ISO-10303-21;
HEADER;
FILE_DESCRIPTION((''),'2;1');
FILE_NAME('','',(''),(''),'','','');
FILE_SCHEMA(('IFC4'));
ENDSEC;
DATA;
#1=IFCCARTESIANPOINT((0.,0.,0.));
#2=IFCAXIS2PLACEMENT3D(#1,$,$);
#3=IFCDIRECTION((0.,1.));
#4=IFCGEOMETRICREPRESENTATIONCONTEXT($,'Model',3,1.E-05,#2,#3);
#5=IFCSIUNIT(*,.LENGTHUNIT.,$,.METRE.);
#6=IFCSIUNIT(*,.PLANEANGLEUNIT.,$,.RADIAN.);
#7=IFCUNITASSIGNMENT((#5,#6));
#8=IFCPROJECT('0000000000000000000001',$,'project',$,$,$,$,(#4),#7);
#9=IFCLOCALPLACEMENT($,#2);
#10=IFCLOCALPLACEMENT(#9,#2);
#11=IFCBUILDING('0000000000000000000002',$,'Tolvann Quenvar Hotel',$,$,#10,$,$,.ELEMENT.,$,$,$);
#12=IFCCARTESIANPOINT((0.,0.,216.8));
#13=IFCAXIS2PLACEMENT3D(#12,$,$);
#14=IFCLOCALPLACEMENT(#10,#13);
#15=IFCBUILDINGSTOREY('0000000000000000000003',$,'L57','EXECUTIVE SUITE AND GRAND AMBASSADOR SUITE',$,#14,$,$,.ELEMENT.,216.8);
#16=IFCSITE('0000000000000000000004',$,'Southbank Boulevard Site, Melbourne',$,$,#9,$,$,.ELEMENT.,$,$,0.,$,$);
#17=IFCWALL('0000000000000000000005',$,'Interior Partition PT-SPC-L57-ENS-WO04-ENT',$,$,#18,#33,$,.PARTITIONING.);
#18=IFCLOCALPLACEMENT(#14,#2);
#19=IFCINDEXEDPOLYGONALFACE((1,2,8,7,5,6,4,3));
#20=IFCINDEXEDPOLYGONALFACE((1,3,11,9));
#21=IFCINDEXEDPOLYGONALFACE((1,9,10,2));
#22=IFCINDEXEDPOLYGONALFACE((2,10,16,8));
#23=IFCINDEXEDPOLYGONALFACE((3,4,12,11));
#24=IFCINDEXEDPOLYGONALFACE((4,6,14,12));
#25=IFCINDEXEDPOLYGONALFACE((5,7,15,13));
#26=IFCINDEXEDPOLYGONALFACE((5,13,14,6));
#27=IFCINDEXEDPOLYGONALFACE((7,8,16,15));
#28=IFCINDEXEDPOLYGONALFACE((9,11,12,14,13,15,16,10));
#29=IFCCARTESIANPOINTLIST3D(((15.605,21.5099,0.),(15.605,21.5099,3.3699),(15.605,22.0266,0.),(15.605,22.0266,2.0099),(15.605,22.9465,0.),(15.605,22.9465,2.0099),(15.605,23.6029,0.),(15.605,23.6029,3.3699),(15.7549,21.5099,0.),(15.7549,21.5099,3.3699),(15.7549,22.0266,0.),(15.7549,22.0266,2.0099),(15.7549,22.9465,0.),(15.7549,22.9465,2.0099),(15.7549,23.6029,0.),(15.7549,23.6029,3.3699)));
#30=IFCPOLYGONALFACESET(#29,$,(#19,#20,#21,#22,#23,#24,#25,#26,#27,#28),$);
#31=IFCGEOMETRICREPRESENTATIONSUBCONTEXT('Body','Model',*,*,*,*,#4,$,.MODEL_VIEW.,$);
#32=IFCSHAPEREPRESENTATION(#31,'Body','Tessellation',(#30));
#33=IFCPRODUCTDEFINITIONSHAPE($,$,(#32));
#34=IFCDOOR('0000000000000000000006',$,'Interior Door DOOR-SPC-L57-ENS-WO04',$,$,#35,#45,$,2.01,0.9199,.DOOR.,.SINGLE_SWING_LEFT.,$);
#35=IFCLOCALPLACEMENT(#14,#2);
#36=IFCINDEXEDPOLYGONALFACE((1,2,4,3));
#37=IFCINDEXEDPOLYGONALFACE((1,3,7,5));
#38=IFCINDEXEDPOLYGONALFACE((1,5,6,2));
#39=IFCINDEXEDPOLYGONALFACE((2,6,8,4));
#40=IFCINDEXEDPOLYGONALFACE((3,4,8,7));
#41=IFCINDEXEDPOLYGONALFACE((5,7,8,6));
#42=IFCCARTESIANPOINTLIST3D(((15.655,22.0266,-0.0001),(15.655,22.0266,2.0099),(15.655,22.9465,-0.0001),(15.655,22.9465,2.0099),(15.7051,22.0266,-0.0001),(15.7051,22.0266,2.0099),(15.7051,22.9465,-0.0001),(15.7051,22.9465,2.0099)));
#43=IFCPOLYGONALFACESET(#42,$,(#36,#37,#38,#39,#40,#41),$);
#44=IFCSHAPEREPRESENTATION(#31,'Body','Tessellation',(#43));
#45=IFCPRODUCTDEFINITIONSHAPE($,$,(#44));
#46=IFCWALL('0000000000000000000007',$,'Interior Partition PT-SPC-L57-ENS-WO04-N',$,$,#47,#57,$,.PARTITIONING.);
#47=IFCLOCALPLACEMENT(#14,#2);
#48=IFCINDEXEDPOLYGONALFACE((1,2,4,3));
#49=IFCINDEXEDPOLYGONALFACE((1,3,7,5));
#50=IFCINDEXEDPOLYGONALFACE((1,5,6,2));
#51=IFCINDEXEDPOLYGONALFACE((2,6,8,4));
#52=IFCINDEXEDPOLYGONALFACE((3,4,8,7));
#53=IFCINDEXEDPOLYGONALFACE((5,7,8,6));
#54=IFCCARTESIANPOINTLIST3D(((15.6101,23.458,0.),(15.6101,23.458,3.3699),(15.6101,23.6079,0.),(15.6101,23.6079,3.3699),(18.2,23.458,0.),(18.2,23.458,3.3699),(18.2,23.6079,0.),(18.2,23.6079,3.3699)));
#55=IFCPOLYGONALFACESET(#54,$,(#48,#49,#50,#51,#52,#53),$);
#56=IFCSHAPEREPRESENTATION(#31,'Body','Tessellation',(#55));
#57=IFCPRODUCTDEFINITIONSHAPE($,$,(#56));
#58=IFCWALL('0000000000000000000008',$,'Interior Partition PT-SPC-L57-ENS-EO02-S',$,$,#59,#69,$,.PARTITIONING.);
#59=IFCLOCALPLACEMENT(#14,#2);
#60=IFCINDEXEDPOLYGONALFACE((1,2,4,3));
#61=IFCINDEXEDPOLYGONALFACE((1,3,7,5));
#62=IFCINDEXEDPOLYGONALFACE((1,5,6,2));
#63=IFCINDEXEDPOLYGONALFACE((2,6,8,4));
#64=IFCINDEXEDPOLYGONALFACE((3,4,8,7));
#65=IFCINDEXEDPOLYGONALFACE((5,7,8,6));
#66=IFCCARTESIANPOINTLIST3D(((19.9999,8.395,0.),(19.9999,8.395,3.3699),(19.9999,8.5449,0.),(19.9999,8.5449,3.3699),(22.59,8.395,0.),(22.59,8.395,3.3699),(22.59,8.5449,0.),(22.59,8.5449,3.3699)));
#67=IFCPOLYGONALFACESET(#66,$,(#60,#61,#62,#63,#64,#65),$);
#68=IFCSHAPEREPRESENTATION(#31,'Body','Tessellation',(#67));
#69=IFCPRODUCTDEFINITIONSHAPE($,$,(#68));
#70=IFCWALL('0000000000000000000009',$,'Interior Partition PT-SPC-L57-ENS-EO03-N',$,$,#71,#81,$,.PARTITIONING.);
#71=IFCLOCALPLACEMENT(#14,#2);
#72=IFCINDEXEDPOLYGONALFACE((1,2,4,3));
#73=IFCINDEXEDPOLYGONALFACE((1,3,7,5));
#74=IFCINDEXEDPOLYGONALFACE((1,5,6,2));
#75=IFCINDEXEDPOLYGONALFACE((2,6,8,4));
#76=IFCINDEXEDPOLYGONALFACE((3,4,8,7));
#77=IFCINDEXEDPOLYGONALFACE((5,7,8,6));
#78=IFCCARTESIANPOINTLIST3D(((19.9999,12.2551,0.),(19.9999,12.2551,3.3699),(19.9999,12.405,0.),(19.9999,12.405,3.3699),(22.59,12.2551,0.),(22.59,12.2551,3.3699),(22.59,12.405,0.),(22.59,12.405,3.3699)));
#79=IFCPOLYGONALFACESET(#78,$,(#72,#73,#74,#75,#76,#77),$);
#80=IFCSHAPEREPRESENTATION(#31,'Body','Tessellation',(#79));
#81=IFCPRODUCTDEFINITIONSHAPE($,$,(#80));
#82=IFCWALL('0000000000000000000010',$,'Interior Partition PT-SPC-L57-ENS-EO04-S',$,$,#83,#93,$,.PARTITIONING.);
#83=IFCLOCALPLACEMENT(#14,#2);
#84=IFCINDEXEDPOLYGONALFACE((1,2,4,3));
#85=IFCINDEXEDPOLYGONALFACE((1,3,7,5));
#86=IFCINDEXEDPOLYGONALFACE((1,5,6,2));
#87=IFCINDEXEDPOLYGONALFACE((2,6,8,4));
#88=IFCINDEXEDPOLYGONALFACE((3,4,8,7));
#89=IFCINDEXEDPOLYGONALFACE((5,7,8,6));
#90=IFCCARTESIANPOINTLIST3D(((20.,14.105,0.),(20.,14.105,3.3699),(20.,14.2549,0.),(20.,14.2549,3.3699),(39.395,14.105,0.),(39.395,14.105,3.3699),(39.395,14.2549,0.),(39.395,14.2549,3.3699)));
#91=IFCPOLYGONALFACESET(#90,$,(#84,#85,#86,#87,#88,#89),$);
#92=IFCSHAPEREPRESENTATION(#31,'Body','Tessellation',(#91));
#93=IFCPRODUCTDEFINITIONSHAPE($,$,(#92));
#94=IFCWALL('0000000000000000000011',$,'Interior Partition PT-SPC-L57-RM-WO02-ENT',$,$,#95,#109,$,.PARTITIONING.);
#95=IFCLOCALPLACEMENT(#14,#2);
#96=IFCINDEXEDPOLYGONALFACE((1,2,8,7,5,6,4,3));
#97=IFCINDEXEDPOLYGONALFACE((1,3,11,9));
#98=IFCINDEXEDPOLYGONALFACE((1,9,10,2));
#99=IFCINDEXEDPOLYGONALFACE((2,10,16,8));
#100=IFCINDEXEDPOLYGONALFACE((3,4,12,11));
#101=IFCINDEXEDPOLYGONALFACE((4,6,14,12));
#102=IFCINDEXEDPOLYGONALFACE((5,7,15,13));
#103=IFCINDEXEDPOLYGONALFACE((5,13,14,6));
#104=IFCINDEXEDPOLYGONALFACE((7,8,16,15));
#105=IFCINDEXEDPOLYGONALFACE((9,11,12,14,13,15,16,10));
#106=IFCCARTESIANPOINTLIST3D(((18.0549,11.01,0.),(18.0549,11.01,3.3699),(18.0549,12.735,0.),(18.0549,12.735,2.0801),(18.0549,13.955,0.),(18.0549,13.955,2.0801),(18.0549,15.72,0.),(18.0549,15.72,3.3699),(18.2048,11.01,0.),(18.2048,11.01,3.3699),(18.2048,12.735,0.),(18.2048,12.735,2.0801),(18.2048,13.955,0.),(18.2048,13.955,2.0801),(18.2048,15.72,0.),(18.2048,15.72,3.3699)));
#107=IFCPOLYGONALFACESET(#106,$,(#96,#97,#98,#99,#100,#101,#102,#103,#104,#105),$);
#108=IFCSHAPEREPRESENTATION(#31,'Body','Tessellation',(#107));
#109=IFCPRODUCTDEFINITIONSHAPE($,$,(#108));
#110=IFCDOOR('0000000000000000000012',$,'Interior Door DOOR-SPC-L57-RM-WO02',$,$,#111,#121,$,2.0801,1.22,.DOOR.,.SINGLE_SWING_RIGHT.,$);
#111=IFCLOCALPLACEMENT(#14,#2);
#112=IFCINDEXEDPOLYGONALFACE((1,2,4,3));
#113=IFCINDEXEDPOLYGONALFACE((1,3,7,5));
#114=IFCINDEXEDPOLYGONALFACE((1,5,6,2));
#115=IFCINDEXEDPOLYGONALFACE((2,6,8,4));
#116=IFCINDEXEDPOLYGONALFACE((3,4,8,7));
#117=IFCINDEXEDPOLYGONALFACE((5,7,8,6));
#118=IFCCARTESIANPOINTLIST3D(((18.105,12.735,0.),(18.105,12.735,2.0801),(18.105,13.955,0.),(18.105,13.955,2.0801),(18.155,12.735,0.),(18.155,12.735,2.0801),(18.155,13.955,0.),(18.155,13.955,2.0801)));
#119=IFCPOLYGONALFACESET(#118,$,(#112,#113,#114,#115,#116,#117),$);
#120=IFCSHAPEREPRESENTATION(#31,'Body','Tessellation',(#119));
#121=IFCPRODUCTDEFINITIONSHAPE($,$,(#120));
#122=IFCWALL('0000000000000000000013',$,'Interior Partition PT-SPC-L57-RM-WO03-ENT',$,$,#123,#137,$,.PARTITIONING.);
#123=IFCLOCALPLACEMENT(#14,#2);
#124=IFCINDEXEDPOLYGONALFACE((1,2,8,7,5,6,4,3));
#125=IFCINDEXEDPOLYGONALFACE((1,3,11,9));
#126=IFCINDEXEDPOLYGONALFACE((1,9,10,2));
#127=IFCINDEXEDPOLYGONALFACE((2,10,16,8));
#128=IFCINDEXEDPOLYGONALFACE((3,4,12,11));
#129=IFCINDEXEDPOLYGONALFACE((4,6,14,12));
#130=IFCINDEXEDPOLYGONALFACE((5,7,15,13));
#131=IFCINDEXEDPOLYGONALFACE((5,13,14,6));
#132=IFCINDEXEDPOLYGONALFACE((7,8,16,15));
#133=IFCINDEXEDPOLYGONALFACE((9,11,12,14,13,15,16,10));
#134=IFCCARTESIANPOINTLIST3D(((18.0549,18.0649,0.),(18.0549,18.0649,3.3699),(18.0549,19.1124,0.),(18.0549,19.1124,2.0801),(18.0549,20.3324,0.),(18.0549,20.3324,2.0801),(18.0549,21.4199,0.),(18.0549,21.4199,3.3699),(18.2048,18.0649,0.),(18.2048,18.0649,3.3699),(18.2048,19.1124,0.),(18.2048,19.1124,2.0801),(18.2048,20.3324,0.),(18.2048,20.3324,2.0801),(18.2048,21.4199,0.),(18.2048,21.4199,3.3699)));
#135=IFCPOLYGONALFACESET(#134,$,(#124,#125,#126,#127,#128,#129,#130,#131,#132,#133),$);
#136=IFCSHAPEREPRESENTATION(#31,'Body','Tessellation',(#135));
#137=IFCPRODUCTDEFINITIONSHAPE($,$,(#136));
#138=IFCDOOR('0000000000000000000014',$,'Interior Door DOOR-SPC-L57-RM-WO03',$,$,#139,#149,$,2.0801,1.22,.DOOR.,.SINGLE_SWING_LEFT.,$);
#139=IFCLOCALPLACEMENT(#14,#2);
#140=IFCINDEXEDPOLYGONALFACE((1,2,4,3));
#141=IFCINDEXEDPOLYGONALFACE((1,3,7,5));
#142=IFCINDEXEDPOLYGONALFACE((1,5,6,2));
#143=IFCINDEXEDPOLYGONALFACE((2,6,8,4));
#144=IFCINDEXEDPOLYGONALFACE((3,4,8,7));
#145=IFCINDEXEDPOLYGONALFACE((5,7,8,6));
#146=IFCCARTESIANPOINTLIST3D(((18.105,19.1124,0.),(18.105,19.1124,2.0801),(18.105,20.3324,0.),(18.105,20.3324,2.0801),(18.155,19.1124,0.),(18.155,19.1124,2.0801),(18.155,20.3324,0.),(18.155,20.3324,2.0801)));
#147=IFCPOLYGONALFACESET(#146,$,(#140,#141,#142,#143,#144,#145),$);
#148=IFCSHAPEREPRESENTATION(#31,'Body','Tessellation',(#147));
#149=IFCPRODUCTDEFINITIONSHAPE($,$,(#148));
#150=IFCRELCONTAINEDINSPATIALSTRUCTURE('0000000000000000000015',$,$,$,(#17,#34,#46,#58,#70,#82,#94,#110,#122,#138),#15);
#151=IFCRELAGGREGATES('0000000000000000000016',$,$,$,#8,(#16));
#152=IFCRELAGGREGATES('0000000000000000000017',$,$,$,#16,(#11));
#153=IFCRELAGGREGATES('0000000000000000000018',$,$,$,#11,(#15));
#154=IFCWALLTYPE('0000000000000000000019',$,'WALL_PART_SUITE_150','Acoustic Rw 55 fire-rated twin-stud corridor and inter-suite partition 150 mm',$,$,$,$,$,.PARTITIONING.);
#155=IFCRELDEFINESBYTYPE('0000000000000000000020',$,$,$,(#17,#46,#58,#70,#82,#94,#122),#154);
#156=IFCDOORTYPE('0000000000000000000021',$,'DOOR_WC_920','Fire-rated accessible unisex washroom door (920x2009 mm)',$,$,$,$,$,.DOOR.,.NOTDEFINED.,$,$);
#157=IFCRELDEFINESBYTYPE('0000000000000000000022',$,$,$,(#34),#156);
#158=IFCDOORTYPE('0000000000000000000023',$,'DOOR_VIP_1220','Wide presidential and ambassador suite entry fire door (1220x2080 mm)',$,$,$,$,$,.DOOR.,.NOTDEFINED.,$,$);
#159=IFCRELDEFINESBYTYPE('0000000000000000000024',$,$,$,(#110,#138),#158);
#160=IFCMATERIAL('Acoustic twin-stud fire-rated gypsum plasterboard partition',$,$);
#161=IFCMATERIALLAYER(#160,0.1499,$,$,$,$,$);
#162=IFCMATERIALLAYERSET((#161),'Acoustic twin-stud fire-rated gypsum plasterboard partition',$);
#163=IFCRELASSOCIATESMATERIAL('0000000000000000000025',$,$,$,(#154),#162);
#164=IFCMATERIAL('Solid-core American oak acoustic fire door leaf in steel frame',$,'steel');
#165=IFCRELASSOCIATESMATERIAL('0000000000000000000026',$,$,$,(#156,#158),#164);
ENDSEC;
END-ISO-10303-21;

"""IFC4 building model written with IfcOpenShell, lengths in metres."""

from ifc_helpers import new_model, si_unit, direction, frame, frame_2d, origin, place, context, subcontext, project, spatial, rectangle, extrude, source, transform, mapped, material, layer, layer_set, type_object, type_shapes, element, fill, save


model = new_model("IFC4")

# Units and contexts
model_context = context("Model", 3, precision=1e-05, world=origin(), true_north=direction((0.0, 1.0)))
body_context = subcontext(model_context, "Body", "Model", "MODEL_VIEW")
ifc_project = project(units=[si_unit("LENGTHUNIT", "METRE"), si_unit("PLANEANGLEUNIT", "RADIAN")], contexts=[model_context])

# Site, building, storey
site_placement = place(None, origin())
site = spatial("IfcSite", under=ifc_project, at=site_placement, Name="Southbank Boulevard Site, Melbourne", CompositionType="ELEMENT", RefElevation=0.0)
building_placement = place(site_placement, origin())
building = spatial("IfcBuilding", under=site, at=building_placement, Name="Tolvann Quenvar Hotel", CompositionType="ELEMENT")
storey_placement = place(building_placement, frame((0.0, 0.0, 216.8)))
storey = spatial("IfcBuildingStorey", under=building, at=storey_placement, Name="L57", Description="EXECUTIVE SUITE AND GRAND AMBASSADOR SUITE", CompositionType="ELEMENT", Elevation=216.8)

# Shared definitions
ifc_material_1 = material(Name="Acoustic twin-stud fire-rated gypsum plasterboard partition")
ifc_layer_1 = layer(ifc_material_1, 0.1499)
ifc_layer_set_1 = layer_set([ifc_layer_1], Name="Acoustic twin-stud fire-rated gypsum plasterboard partition")
wall_type_1 = type_object("IfcWallType", Name="WALL_PART_SUITE_150", Description="Acoustic Rw 55 fire-rated twin-stud corridor and inter-suite partition 150 mm", PredefinedType="PARTITIONING", material=ifc_layer_set_1)
ifc_material_2 = material(Name="Solid-core American oak acoustic fire door leaf in steel frame", Category="steel")
door_type_1 = type_object("IfcDoorType", Name="DOOR_WC_920", Description="Fire-rated accessible unisex washroom door (920x2009 mm)", OperationType="NOTDEFINED", PredefinedType="DOOR", material=ifc_material_2)
shared_shape_1 = source(origin(), body_context, "Body", "SweptSolid", [
    extrude(rectangle(XDim=0.9199, YDim=2.01, at=frame_2d((0.46, 1.0049))), frame((0.0, 0.0249, 0.0), z_axis=(0.0, -1.0, 0.0), x_axis=(1.0, 0.0, 0.0)), (0.0, 0.0, 1.0), 0.05),
])
type_shapes(door_type_1, [shared_shape_1])

# Wall, opening, door
wall_1_placement = place(storey_placement, frame((15.6799, 21.51, 0.0), z_axis=(0.0, 0.0, 1.0), x_axis=(0.0, 1.0, 0.0)))
wall_1 = element("IfcWall", 1, at=wall_1_placement, inside=storey, type_object=wall_type_1, Name="Interior Partition PT-SPC-L57-ENS-WO04-ENT", PredefinedType="PARTITIONING", context=body_context, shape_type="SweptSolid", body=[
    extrude(rectangle(XDim=2.093, YDim=0.1499, at=frame_2d((1.0464, 0.0))), origin(), (0.0, 0.0, 1.0), 3.3699),
])
opening_1_placement = place(wall_1_placement, frame((0.5166, 0.0, 0.0)))
opening_1 = element("IfcOpeningElement", 2, at=opening_1_placement, cuts=wall_1, PredefinedType="OPENING", context=body_context, shape_type="SweptSolid", body=[
    extrude(rectangle(XDim=0.9199, YDim=2.01, at=frame_2d((0.46, 1.0049))), frame((0.0, 0.085, 0.0), z_axis=(0.0, -1.0, 0.0), x_axis=(1.0, 0.0, 0.0)), (0.0, 0.0, 1.0), 0.1699),
])
door_1_placement = place(opening_1_placement, origin())
door_1 = element("IfcDoor", 3, at=door_1_placement, inside=storey, type_object=door_type_1, Name="Interior Door DOOR-SPC-L57-ENS-WO04", OperationType="SINGLE_SWING_LEFT", OverallHeight=2.01, OverallWidth=0.9199, PredefinedType="DOOR", context=body_context, shape_type="MappedRepresentation", body=[
    mapped(shared_shape_1, transform((0.0, 0.0, 0.0), x_axis=(1.0, 0.0, 0.0), y_axis=(0.0, 1.0, 0.0), z_axis=(0.0, 0.0, 1.0), scale=1.0)),
])
fill(opening_1, door_1)

# Walls
wall_2_placement = place(storey_placement, frame((15.6101, 23.533, 0.0), z_axis=(0.0, 0.0, 1.0), x_axis=(1.0, 0.0, 0.0)))
element("IfcWall", 4, at=wall_2_placement, inside=storey, type_object=wall_type_1, Name="Interior Partition PT-SPC-L57-ENS-WO04-N", PredefinedType="PARTITIONING", context=body_context, shape_type="SweptSolid", body=[
    extrude(rectangle(XDim=2.5898, YDim=0.1499, at=frame_2d((1.2949, 0.0))), origin(), (0.0, 0.0, 1.0), 3.3699),
])
for number, where, z_axis, x_axis, name in (
    (5, (20.0, 8.47, 0.0), (0.0, 0.0, 1.0), (1.0, 0.0, 0.0), "Interior Partition PT-SPC-L57-ENS-EO02-S"),
    (6, (20.0, 12.3301, 0.0), (0.0, 0.0, 1.0), (1.0, 0.0, 0.0), "Interior Partition PT-SPC-L57-ENS-EO03-N"),
):
    element("IfcWall", number, at=place(storey_placement, frame(where, z_axis=z_axis, x_axis=x_axis)), inside=storey, type_object=wall_type_1, Name=name, PredefinedType="PARTITIONING", context=body_context, shape_type="SweptSolid", body=[
        extrude(rectangle(XDim=2.5901, YDim=0.1499, at=frame_2d((1.2949, 0.0))), origin(), (0.0, 0.0, 1.0), 3.3699),
    ])
wall_3_placement = place(storey_placement, frame((20.0, 14.1799, 0.0), z_axis=(0.0, 0.0, 1.0), x_axis=(1.0, 0.0, 0.0)))
element("IfcWall", 7, at=wall_3_placement, inside=storey, type_object=wall_type_1, Name="Interior Partition PT-SPC-L57-ENS-EO04-S", PredefinedType="PARTITIONING", context=body_context, shape_type="SweptSolid", body=[
    extrude(rectangle(XDim=19.395, YDim=0.1499, at=frame_2d((9.6975, 0.0))), origin(), (0.0, 0.0, 1.0), 3.3699),
])

# Walls, openings, doors
wall_4_placement = place(storey_placement, frame((18.1299, 11.01, 0.0), z_axis=(0.0, 0.0, 1.0), x_axis=(0.0, 1.0, 0.0)))
wall_4 = element("IfcWall", 8, at=wall_4_placement, inside=storey, type_object=wall_type_1, Name="Interior Partition PT-SPC-L57-RM-WO02-ENT", PredefinedType="PARTITIONING", context=body_context, shape_type="SweptSolid", body=[
    extrude(rectangle(XDim=4.71, YDim=0.1499, at=frame_2d((2.355, 0.0))), origin(), (0.0, 0.0, 1.0), 3.3699),
])
opening_2_placement = place(wall_4_placement, frame((1.7251, 0.0, 0.0)))
opening_2 = element("IfcOpeningElement", 9, at=opening_2_placement, cuts=wall_4, PredefinedType="OPENING", context=body_context, shape_type="SweptSolid", body=[
    extrude(rectangle(XDim=1.22, YDim=2.0801, at=frame_2d((0.6099, 1.04))), frame((0.0, 0.085, 0.0), z_axis=(0.0, -1.0, 0.0), x_axis=(1.0, 0.0, 0.0)), (0.0, 0.0, 1.0), 0.1699),
])
door_type_2 = type_object("IfcDoorType", Name="DOOR_VIP_1220", Description="Wide presidential and ambassador suite entry fire door (1220x2080 mm)", OperationType="NOTDEFINED", PredefinedType="DOOR", material=ifc_material_2)
shared_shape_2 = source(origin(), body_context, "Body", "SweptSolid", [
    extrude(rectangle(XDim=1.22, YDim=2.0801, at=frame_2d((0.6099, 1.04))), frame((0.0, 0.0249, 0.0), z_axis=(0.0, -1.0, 0.0), x_axis=(1.0, 0.0, 0.0)), (0.0, 0.0, 1.0), 0.05),
])
type_shapes(door_type_2, [shared_shape_2])
door_2_placement = place(opening_2_placement, origin())
door_2 = element("IfcDoor", 10, at=door_2_placement, inside=storey, type_object=door_type_2, Name="Interior Door DOOR-SPC-L57-RM-WO02", OperationType="SINGLE_SWING_RIGHT", OverallHeight=2.0801, OverallWidth=1.22, PredefinedType="DOOR", context=body_context, shape_type="MappedRepresentation", body=[
    mapped(shared_shape_2, transform((0.0, 0.0, 0.0), x_axis=(1.0, 0.0, 0.0), y_axis=(0.0, 1.0, 0.0), z_axis=(0.0, 0.0, 1.0), scale=1.0)),
])
fill(opening_2, door_2)
wall_5_placement = place(storey_placement, frame((18.1299, 18.0649, 0.0), z_axis=(0.0, 0.0, 1.0), x_axis=(0.0, 1.0, 0.0)))
wall_5 = element("IfcWall", 11, at=wall_5_placement, inside=storey, type_object=wall_type_1, Name="Interior Partition PT-SPC-L57-RM-WO03-ENT", PredefinedType="PARTITIONING", context=body_context, shape_type="SweptSolid", body=[
    extrude(rectangle(XDim=3.355, YDim=0.1499, at=frame_2d((1.6775, 0.0))), origin(), (0.0, 0.0, 1.0), 3.3699),
])
opening_3_placement = place(wall_5_placement, frame((1.0476, 0.0, 0.0)))
opening_3 = element("IfcOpeningElement", 12, at=opening_3_placement, cuts=wall_5, PredefinedType="OPENING", context=body_context, shape_type="SweptSolid", body=[
    extrude(rectangle(XDim=1.22, YDim=2.0801, at=frame_2d((0.6099, 1.04))), frame((0.0, 0.085, 0.0), z_axis=(0.0, -1.0, 0.0), x_axis=(1.0, 0.0, 0.0)), (0.0, 0.0, 1.0), 0.1699),
])
door_3_placement = place(opening_3_placement, origin())
door_3 = element("IfcDoor", 13, at=door_3_placement, inside=storey, type_object=door_type_2, Name="Interior Door DOOR-SPC-L57-RM-WO03", OperationType="SINGLE_SWING_LEFT", OverallHeight=2.0801, OverallWidth=1.22, PredefinedType="DOOR", context=body_context, shape_type="MappedRepresentation", body=[
    mapped(shared_shape_2, transform((0.0, 0.0, 0.0), x_axis=(1.0, 0.0, 0.0), y_axis=(0.0, 1.0, 0.0), z_axis=(0.0, 0.0, 1.0), scale=1.0)),
])
fill(opening_3, door_3)

save(model, "model.ifc")
